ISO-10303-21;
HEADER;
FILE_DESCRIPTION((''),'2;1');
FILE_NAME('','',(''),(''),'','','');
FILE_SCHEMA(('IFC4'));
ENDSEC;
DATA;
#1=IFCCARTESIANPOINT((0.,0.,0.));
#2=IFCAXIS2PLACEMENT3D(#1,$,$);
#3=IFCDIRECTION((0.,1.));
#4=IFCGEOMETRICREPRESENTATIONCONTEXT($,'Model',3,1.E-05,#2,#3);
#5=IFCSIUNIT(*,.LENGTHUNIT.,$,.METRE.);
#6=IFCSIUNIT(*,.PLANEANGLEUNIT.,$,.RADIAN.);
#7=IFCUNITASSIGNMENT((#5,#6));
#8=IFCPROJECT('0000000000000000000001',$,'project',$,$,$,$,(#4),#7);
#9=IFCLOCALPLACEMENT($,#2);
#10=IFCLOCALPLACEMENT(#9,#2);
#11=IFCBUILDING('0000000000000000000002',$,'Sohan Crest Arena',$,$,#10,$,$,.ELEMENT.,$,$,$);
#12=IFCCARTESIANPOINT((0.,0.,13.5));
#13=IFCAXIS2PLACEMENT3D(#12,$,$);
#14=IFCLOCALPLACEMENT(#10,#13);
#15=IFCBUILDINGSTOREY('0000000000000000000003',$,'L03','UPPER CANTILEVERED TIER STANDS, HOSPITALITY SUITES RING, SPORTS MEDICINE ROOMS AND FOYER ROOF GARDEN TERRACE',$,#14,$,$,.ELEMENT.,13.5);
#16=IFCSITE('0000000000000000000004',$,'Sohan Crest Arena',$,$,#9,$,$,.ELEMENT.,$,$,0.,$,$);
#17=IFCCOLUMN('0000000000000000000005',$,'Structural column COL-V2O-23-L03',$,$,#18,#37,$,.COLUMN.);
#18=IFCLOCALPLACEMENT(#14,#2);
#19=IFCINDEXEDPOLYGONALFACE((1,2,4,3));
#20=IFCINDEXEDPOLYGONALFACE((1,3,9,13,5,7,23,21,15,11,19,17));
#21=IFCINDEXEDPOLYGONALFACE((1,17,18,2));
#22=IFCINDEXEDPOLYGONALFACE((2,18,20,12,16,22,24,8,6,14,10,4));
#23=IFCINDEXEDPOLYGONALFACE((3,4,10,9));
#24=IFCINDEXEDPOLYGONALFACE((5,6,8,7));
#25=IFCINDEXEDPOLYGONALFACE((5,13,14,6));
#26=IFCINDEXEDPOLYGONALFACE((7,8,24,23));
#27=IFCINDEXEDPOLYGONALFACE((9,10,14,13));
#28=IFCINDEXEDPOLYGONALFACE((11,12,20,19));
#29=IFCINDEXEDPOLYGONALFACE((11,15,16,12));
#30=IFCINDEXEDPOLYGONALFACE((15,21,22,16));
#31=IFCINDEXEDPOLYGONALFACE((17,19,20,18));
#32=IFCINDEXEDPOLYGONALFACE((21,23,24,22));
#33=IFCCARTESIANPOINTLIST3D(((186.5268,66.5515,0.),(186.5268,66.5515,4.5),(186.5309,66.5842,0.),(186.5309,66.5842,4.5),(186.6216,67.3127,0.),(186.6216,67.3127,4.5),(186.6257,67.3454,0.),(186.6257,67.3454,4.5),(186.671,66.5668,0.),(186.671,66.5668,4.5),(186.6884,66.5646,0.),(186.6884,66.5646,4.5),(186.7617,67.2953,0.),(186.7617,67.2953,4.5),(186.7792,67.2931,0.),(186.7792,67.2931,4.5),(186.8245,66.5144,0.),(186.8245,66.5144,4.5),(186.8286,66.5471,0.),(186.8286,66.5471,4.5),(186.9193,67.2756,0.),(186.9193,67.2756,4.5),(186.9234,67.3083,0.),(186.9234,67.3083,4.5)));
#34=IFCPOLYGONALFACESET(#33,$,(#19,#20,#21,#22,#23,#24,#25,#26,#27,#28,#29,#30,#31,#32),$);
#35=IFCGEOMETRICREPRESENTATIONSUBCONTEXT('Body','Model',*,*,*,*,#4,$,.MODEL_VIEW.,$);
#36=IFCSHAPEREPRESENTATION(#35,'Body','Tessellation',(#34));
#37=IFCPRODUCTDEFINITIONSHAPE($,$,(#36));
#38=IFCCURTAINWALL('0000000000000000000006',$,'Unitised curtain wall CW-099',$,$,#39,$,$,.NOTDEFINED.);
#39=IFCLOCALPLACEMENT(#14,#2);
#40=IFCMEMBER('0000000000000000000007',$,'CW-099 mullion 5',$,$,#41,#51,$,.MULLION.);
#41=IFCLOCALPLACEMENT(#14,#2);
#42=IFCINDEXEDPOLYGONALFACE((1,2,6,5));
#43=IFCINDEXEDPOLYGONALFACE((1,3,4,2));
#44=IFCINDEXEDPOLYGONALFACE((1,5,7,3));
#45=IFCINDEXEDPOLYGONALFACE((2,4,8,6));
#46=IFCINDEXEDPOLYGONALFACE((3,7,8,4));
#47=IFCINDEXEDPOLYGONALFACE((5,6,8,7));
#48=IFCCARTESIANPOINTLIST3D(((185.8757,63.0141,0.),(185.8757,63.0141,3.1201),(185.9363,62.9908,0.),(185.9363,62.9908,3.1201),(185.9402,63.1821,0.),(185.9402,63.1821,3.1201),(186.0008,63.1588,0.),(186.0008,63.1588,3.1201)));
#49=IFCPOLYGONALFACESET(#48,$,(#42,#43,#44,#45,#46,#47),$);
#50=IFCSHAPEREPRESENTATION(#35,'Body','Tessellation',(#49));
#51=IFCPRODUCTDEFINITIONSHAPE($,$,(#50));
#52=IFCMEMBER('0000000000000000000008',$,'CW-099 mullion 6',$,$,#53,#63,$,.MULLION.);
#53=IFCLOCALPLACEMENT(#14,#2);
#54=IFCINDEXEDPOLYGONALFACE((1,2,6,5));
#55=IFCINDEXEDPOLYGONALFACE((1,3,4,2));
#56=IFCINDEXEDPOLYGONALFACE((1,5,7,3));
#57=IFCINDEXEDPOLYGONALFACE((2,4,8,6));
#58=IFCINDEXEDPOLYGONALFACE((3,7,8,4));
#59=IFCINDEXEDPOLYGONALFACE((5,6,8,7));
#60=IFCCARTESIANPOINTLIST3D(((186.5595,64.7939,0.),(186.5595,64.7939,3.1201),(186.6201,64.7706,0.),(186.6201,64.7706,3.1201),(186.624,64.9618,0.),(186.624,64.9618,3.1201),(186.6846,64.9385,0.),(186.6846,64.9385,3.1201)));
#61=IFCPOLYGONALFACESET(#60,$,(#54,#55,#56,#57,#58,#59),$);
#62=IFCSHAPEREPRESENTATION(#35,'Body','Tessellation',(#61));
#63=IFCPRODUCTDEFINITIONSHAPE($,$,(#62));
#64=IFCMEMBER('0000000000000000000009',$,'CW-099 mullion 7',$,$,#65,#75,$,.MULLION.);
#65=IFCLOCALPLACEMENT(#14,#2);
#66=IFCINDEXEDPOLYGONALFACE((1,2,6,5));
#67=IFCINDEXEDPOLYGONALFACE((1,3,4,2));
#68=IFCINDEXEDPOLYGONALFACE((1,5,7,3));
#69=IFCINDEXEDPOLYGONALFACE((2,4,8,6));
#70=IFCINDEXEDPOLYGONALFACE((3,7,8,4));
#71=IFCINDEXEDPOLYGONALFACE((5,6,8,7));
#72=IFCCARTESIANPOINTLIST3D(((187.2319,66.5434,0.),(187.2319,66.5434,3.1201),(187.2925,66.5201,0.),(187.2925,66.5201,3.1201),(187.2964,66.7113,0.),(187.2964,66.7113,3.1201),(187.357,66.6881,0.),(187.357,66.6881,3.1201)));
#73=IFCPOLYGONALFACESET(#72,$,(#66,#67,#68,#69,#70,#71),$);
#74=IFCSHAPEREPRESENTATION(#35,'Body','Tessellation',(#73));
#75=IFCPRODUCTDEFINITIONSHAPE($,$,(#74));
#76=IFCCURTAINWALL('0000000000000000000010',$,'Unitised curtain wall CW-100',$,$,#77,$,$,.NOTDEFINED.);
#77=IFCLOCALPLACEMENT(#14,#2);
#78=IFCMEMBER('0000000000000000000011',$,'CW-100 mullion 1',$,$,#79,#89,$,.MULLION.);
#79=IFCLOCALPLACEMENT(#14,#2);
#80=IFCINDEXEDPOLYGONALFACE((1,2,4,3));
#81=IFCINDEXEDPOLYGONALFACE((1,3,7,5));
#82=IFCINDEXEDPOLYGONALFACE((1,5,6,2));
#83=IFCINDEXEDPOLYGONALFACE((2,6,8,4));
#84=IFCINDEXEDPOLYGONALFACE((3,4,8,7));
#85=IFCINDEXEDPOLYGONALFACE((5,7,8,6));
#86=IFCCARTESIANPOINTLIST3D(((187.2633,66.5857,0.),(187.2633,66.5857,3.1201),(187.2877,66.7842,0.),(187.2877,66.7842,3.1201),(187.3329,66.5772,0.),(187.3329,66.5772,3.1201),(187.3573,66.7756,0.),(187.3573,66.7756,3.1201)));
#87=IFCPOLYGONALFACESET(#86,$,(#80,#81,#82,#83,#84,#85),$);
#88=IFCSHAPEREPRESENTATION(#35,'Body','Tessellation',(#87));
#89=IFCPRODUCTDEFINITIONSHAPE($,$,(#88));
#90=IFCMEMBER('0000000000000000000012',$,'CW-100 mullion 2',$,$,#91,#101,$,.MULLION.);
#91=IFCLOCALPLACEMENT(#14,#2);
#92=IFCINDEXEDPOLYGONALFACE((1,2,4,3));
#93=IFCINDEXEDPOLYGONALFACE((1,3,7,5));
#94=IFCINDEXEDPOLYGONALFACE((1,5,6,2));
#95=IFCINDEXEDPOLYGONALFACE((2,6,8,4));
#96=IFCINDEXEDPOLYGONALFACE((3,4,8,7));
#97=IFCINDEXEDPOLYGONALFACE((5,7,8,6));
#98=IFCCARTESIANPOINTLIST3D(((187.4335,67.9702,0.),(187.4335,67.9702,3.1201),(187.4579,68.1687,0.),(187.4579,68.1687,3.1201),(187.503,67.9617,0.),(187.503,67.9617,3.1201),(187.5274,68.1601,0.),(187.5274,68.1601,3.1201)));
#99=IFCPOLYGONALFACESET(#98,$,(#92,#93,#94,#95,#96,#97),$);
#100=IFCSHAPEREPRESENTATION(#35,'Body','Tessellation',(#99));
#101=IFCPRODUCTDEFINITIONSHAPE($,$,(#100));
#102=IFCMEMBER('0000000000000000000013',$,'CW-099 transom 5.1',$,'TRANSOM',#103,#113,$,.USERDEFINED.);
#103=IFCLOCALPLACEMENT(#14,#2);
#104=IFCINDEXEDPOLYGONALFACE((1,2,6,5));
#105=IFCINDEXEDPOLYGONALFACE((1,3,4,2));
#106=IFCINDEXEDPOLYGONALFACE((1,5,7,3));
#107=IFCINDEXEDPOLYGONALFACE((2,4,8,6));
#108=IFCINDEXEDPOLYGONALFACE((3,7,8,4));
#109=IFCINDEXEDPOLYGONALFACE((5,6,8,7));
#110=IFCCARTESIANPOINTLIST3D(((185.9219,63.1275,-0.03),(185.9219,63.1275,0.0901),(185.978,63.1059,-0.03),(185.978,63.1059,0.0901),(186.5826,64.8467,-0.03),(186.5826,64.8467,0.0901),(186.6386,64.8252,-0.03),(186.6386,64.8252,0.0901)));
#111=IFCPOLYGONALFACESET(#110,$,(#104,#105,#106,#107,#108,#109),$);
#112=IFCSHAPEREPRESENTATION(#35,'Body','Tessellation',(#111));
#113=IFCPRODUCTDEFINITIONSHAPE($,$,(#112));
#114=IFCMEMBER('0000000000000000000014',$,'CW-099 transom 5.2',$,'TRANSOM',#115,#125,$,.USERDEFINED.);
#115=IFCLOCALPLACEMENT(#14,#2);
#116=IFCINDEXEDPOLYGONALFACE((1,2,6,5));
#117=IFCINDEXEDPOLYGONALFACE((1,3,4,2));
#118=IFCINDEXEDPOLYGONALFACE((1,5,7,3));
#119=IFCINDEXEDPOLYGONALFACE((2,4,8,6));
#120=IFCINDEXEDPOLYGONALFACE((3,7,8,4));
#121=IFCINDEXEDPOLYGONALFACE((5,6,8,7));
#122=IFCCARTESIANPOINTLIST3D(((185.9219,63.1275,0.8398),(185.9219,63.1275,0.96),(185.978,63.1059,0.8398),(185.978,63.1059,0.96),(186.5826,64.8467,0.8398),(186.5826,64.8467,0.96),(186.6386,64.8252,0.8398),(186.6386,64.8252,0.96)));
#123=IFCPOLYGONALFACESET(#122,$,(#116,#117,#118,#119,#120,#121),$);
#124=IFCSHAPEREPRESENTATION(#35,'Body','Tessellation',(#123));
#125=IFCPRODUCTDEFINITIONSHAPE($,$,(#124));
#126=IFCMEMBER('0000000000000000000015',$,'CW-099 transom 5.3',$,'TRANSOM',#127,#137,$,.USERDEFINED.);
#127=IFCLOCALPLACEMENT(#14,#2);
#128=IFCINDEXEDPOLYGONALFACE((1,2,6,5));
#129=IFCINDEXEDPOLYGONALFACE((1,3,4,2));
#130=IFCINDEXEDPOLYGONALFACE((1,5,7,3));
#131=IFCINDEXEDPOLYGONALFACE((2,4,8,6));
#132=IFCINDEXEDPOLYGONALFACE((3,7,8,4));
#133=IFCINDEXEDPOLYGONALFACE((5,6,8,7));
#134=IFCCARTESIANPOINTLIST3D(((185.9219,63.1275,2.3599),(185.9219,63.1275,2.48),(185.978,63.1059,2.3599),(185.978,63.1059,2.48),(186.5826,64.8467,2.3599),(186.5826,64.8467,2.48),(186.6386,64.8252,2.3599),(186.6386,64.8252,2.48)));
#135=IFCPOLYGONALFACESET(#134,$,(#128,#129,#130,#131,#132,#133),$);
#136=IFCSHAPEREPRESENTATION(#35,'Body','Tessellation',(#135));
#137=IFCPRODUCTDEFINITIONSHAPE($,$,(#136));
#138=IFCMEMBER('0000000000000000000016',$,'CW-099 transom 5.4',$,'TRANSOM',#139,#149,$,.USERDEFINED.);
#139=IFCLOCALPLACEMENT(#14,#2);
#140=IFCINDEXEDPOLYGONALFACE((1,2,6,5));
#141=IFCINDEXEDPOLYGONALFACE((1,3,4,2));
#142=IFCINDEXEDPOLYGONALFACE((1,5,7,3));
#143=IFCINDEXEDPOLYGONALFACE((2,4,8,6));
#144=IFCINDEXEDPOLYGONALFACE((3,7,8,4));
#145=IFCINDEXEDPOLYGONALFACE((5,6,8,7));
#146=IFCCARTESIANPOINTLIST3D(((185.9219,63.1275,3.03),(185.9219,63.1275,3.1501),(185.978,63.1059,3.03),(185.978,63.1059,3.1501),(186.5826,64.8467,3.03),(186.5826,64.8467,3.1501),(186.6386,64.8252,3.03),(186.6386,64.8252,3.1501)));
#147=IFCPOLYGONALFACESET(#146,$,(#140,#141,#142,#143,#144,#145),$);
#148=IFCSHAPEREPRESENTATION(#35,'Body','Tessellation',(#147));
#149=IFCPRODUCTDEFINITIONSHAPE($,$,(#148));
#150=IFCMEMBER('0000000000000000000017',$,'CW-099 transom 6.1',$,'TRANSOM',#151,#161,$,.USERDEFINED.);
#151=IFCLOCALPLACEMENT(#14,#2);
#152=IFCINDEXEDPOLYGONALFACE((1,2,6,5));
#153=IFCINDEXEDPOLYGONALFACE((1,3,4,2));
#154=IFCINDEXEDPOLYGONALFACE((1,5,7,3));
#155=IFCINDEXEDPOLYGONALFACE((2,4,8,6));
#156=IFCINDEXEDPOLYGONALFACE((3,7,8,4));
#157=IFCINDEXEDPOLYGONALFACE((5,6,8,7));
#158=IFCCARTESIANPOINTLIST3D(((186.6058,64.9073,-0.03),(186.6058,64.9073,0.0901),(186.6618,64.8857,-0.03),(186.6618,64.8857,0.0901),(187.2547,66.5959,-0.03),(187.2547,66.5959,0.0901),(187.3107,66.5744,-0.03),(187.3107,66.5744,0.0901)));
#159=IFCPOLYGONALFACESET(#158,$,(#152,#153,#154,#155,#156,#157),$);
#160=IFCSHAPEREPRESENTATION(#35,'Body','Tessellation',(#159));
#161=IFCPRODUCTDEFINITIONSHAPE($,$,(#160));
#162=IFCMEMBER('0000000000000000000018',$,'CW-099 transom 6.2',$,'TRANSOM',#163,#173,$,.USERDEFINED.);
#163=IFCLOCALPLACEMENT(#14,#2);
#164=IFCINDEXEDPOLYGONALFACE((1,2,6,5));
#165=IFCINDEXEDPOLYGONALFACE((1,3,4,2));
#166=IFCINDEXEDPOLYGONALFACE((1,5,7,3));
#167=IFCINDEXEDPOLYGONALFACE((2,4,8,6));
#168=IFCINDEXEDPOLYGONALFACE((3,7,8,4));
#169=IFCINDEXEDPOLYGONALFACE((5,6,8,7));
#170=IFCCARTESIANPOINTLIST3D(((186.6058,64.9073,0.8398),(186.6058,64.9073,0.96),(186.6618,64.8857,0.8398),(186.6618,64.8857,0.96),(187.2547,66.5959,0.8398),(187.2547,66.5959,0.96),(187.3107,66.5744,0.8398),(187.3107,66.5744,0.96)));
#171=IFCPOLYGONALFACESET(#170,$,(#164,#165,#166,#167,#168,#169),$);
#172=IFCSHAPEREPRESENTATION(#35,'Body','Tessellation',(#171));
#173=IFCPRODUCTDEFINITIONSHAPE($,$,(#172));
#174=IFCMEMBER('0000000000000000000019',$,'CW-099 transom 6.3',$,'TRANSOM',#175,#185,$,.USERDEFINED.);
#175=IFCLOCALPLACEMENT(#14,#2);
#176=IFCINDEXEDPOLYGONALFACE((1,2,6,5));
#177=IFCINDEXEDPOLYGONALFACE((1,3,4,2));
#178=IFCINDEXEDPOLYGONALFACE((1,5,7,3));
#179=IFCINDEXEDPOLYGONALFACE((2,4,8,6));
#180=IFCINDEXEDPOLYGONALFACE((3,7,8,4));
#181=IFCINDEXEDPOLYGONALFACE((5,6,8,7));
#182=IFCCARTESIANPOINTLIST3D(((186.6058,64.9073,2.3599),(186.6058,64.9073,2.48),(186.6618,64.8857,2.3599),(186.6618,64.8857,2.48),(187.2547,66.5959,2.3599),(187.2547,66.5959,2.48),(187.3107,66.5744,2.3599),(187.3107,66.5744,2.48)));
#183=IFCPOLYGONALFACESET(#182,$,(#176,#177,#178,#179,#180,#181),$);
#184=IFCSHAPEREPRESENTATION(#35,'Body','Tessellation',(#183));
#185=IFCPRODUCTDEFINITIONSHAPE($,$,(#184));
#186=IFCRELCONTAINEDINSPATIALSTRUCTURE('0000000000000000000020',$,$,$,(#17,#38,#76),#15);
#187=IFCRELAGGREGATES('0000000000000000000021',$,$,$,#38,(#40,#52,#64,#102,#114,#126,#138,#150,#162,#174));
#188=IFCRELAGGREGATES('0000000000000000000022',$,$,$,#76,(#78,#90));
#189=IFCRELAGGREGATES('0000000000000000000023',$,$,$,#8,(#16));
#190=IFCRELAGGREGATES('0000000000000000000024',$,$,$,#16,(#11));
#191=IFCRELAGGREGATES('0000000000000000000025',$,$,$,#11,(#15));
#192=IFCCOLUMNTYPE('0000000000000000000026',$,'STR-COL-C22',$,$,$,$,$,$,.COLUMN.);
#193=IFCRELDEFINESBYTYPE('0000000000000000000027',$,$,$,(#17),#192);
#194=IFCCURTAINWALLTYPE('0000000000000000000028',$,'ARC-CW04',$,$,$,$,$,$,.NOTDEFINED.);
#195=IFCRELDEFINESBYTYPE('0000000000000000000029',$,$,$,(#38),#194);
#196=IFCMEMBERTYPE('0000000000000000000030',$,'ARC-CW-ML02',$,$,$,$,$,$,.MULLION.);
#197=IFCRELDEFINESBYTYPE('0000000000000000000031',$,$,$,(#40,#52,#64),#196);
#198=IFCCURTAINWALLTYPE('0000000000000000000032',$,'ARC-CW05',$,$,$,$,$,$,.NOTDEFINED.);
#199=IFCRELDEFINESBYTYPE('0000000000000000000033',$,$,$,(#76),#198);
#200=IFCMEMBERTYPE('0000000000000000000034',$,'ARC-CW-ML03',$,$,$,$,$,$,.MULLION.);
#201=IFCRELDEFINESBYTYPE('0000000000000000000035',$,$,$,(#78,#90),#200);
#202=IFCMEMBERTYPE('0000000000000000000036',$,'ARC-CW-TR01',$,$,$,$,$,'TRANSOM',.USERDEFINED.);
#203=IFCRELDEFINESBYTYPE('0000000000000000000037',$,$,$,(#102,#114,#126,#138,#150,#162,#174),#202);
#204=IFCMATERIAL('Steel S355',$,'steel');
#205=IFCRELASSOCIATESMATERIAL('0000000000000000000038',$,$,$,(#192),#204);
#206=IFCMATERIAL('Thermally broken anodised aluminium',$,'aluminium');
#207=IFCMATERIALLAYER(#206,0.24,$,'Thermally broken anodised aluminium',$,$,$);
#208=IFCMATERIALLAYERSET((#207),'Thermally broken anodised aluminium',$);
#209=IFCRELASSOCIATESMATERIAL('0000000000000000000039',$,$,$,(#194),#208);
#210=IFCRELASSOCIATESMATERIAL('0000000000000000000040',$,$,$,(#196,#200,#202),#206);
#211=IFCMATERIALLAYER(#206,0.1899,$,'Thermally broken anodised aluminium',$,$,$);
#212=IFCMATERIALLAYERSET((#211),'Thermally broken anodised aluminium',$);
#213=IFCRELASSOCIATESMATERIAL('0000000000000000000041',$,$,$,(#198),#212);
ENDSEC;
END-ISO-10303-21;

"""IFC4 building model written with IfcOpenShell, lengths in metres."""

from ifc_helpers import new_model, si_unit, direction, frame, origin, origin_2d, place, context, subcontext, project, spatial, rectangle, i_section, extrude, material, layer, layer_set, material_profile, profile_set, type_object, element, aggregate, save


model = new_model("IFC4")

# Units and contexts
model_context = context("Model", 3, precision=1e-05, world=origin(), true_north=direction((0.0, 1.0)))
body_context = subcontext(model_context, "Body", "Model", "MODEL_VIEW")
ifc_project = project(units=[si_unit("LENGTHUNIT", "METRE"), si_unit("PLANEANGLEUNIT", "RADIAN")], contexts=[model_context])

# Site, building, storey
site_placement = place(None, origin())
site = spatial("IfcSite", under=ifc_project, at=site_placement, Name="Sohan Crest Arena", CompositionType="ELEMENT", RefElevation=0.0)
building_placement = place(site_placement, origin())
building = spatial("IfcBuilding", under=site, at=building_placement, Name="Sohan Crest Arena", CompositionType="ELEMENT")
storey_placement = place(building_placement, frame((0.0, 0.0, 13.5)))
storey = spatial("IfcBuildingStorey", under=building, at=storey_placement, Name="L03", Description="UPPER CANTILEVERED TIER STANDS, HOSPITALITY SUITES RING, SPORTS MEDICINE ROOMS AND FOYER ROOF GARDEN TERRACE", CompositionType="ELEMENT", Elevation=13.5)

# Column
ifc_material_1 = material(Name="Steel S355", Category="steel")
ifc_material_profile_1 = material_profile(ifc_material_1, i_section(OverallWidth=0.3, OverallDepth=0.8, WebThickness=0.0176, FlangeThickness=0.033, at=origin_2d()), Name="HEB 800")
ifc_profile_set_1 = profile_set([ifc_material_profile_1], Name="Steel S355")
column_type = type_object("IfcColumnType", Name="STR-COL-C22", PredefinedType="COLUMN", material=ifc_profile_set_1)
column_placement = place(storey_placement, frame((186.7251, 66.9299, 0.0), z_axis=(0.0, 0.0, 1.0), x_axis=(-0.992332, 0.123601, 0.0)))
element("IfcColumn", 1, at=column_placement, inside=storey, type_object=column_type, Name="Structural column COL-V2O-23-L03", PredefinedType="COLUMN", context=body_context, shape_type="SweptSolid", body=[
    extrude(i_section(OverallWidth=0.3, OverallDepth=0.8, WebThickness=0.0176, FlangeThickness=0.033, at=origin_2d()), origin(), (0.0, 0.0, 1.0), 4.5),
])

# Curtain walls, members
ifc_material_2 = material(Name="Thermally broken anodised aluminium", Category="aluminium")
ifc_layer_1 = layer(ifc_material_2, 0.24, Name="Thermally broken anodised aluminium")
ifc_layer_set_1 = layer_set([ifc_layer_1], Name="Thermally broken anodised aluminium")
curtain_wall_type_1 = type_object("IfcCurtainWallType", Name="ARC-CW04", PredefinedType="NOTDEFINED", material=ifc_layer_set_1)
curtain_wall_1_placement = place(storey_placement, origin())
curtain_wall_1 = element("IfcCurtainWall", 2, at=curtain_wall_1_placement, inside=storey, type_object=curtain_wall_type_1, Name="Unitised curtain wall CW-099", PredefinedType="NOTDEFINED")
ifc_material_profile_2 = material_profile(ifc_material_2, rectangle(XDim=0.0649, YDim=0.1799, at=origin_2d()), Name="ALU-MULL 65x180")
ifc_profile_set_2 = profile_set([ifc_material_profile_2], Name="Thermally broken anodised aluminium")
member_type_1 = type_object("IfcMemberType", Name="ARC-CW-ML02", PredefinedType="MULLION", material=ifc_profile_set_2)
member_1_placement = place(storey_placement, frame((185.9382, 63.0864, 0.0), z_axis=(0.0, 0.0, 1.0), x_axis=(-0.933472, 0.358651, 0.0)))
member_1 = element("IfcMember", 3, at=member_1_placement, type_object=member_type_1, Name="CW-099 mullion 5", PredefinedType="MULLION", context=body_context, shape_type="SweptSolid", body=[
    extrude(rectangle(XDim=0.0649, YDim=0.1799, at=origin_2d()), origin(), (0.0, 0.0, 1.0), 3.1201),
])
member_2_placement = place(storey_placement, frame((186.6221, 64.8662, 0.0), z_axis=(0.0, 0.0, 1.0), x_axis=(-0.933472, 0.358651, 0.0)))
member_2 = element("IfcMember", 4, at=member_2_placement, type_object=member_type_1, Name="CW-099 mullion 6", PredefinedType="MULLION", context=body_context, shape_type="SweptSolid", body=[
    extrude(rectangle(XDim=0.0649, YDim=0.1799, at=origin_2d()), origin(), (0.0, 0.0, 1.0), 3.1201),
])
member_3_placement = place(storey_placement, frame((187.2944, 66.6157, 0.0), z_axis=(0.0, 0.0, 1.0), x_axis=(-0.933472, 0.358651, 0.0)))
member_3 = element("IfcMember", 5, at=member_3_placement, type_object=member_type_1, Name="CW-099 mullion 7", PredefinedType="MULLION", context=body_context, shape_type="SweptSolid", body=[
    extrude(rectangle(XDim=0.0649, YDim=0.1799, at=origin_2d()), origin(), (0.0, 0.0, 1.0), 3.1201),
])
ifc_layer_2 = layer(ifc_material_2, 0.1899, Name="Thermally broken anodised aluminium")
ifc_layer_set_2 = layer_set([ifc_layer_2], Name="Thermally broken anodised aluminium")
curtain_wall_type_2 = type_object("IfcCurtainWallType", Name="ARC-CW05", PredefinedType="NOTDEFINED", material=ifc_layer_set_2)
curtain_wall_2_placement = place(storey_placement, origin())
curtain_wall_2 = element("IfcCurtainWall", 6, at=curtain_wall_2_placement, inside=storey, type_object=curtain_wall_type_2, Name="Unitised curtain wall CW-100", PredefinedType="NOTDEFINED")
ifc_material_profile_3 = material_profile(ifc_material_2, rectangle(XDim=0.0701, YDim=0.2, at=origin_2d()), Name="ALU-MULL 70x200")
ifc_profile_set_3 = profile_set([ifc_material_profile_3], Name="Thermally broken anodised aluminium")
member_type_2 = type_object("IfcMemberType", Name="ARC-CW-ML03", PredefinedType="MULLION", material=ifc_profile_set_3)
member_4_placement = place(storey_placement, frame((187.3103, 66.6807, 0.0), z_axis=(0.0, 0.0, 1.0), x_axis=(-0.992537, 0.121947, 0.0)))
member_4 = element("IfcMember", 7, at=member_4_placement, type_object=member_type_2, Name="CW-100 mullion 1", PredefinedType="MULLION", context=body_context, shape_type="SweptSolid", body=[
    extrude(rectangle(XDim=0.0701, YDim=0.2, at=origin_2d()), origin(), (0.0, 0.0, 1.0), 3.1201),
])
member_5_placement = place(storey_placement, frame((187.4805, 68.0652, 0.0), z_axis=(0.0, 0.0, 1.0), x_axis=(-0.992537, 0.121947, 0.0)))
member_5 = element("IfcMember", 8, at=member_5_placement, type_object=member_type_2, Name="CW-100 mullion 2", PredefinedType="MULLION", context=body_context, shape_type="SweptSolid", body=[
    extrude(rectangle(XDim=0.0701, YDim=0.2, at=origin_2d()), origin(), (0.0, 0.0, 1.0), 3.1201),
])

# Members
ifc_material_profile_4 = material_profile(ifc_material_2, rectangle(XDim=0.0601, YDim=0.1201, at=origin_2d()), Name="ALU-TRAN 60x120")
ifc_profile_set_4 = profile_set([ifc_material_profile_4], Name="Thermally broken anodised aluminium")
member_type_3 = type_object("IfcMemberType", Name="ARC-CW-TR01", ElementType="TRANSOM", PredefinedType="USERDEFINED", material=ifc_profile_set_4)
member_6_placement = place(storey_placement, frame((185.95, 63.1167, 0.03), z_axis=(0.358695, 0.933455, 0.0), x_axis=(-0.933455, 0.358695, 0.0)))
member_6 = element("IfcMember", 9, at=member_6_placement, type_object=member_type_3, Name="CW-099 transom 5.1", ObjectType="TRANSOM", PredefinedType="USERDEFINED", context=body_context, shape_type="SweptSolid", body=[
    extrude(rectangle(XDim=0.0601, YDim=0.1201, at=origin_2d()), origin(), (0.0, 0.0, 1.0), 1.8418),
])
member_7_placement = place(storey_placement, frame((185.95, 63.1167, 0.8999), z_axis=(0.358695, 0.933455, 0.0), x_axis=(-0.933455, 0.358695, 0.0)))
member_7 = element("IfcMember", 10, at=member_7_placement, type_object=member_type_3, Name="CW-099 transom 5.2", ObjectType="TRANSOM", PredefinedType="USERDEFINED", context=body_context, shape_type="SweptSolid", body=[
    extrude(rectangle(XDim=0.0601, YDim=0.1201, at=origin_2d()), origin(), (0.0, 0.0, 1.0), 1.8418),
])
member_8_placement = place(storey_placement, frame((185.95, 63.1167, 2.4199), z_axis=(0.358695, 0.933455, 0.0), x_axis=(-0.933455, 0.358695, 0.0)))
member_8 = element("IfcMember", 11, at=member_8_placement, type_object=member_type_3, Name="CW-099 transom 5.3", ObjectType="TRANSOM", PredefinedType="USERDEFINED", context=body_context, shape_type="SweptSolid", body=[
    extrude(rectangle(XDim=0.0601, YDim=0.1201, at=origin_2d()), origin(), (0.0, 0.0, 1.0), 1.8418),
])
member_9_placement = place(storey_placement, frame((185.95, 63.1167, 3.0901), z_axis=(0.358695, 0.933455, 0.0), x_axis=(-0.933455, 0.358695, 0.0)))
member_9 = element("IfcMember", 12, at=member_9_placement, type_object=member_type_3, Name="CW-099 transom 5.4", ObjectType="TRANSOM", PredefinedType="USERDEFINED", context=body_context, shape_type="SweptSolid", body=[
    extrude(rectangle(XDim=0.0601, YDim=0.1201, at=origin_2d()), origin(), (0.0, 0.0, 1.0), 1.8418),
])
member_10_placement = place(storey_placement, frame((186.6338, 64.8965, 0.03), z_axis=(0.358699, 0.933453, 0.0), x_axis=(-0.933453, 0.358699, 0.0)))
member_10 = element("IfcMember", 13, at=member_10_placement, type_object=member_type_3, Name="CW-099 transom 6.1", ObjectType="TRANSOM", PredefinedType="USERDEFINED", context=body_context, shape_type="SweptSolid", body=[
    extrude(rectangle(XDim=0.0601, YDim=0.1201, at=origin_2d()), origin(), (0.0, 0.0, 1.0), 1.8091),
])
member_11_placement = place(storey_placement, frame((186.6338, 64.8965, 0.8999), z_axis=(0.358699, 0.933453, 0.0), x_axis=(-0.933453, 0.358699, 0.0)))
member_11 = element("IfcMember", 14, at=member_11_placement, type_object=member_type_3, Name="CW-099 transom 6.2", ObjectType="TRANSOM", PredefinedType="USERDEFINED", context=body_context, shape_type="SweptSolid", body=[
    extrude(rectangle(XDim=0.0601, YDim=0.1201, at=origin_2d()), origin(), (0.0, 0.0, 1.0), 1.8091),
])
member_12_placement = place(storey_placement, frame((186.6338, 64.8965, 2.4199), z_axis=(0.358699, 0.933453, 0.0), x_axis=(-0.933453, 0.358699, 0.0)))
member_12 = element("IfcMember", 15, at=member_12_placement, type_object=member_type_3, Name="CW-099 transom 6.3", ObjectType="TRANSOM", PredefinedType="USERDEFINED", context=body_context, shape_type="SweptSolid", body=[
    extrude(rectangle(XDim=0.0601, YDim=0.1201, at=origin_2d()), origin(), (0.0, 0.0, 1.0), 1.8091),
])

aggregate(curtain_wall_1, [member_1, member_2, member_3, member_6, member_7, member_8, member_9, member_10, member_11, member_12])
aggregate(curtain_wall_2, [member_4, member_5])

save(model, "model.ifc")
